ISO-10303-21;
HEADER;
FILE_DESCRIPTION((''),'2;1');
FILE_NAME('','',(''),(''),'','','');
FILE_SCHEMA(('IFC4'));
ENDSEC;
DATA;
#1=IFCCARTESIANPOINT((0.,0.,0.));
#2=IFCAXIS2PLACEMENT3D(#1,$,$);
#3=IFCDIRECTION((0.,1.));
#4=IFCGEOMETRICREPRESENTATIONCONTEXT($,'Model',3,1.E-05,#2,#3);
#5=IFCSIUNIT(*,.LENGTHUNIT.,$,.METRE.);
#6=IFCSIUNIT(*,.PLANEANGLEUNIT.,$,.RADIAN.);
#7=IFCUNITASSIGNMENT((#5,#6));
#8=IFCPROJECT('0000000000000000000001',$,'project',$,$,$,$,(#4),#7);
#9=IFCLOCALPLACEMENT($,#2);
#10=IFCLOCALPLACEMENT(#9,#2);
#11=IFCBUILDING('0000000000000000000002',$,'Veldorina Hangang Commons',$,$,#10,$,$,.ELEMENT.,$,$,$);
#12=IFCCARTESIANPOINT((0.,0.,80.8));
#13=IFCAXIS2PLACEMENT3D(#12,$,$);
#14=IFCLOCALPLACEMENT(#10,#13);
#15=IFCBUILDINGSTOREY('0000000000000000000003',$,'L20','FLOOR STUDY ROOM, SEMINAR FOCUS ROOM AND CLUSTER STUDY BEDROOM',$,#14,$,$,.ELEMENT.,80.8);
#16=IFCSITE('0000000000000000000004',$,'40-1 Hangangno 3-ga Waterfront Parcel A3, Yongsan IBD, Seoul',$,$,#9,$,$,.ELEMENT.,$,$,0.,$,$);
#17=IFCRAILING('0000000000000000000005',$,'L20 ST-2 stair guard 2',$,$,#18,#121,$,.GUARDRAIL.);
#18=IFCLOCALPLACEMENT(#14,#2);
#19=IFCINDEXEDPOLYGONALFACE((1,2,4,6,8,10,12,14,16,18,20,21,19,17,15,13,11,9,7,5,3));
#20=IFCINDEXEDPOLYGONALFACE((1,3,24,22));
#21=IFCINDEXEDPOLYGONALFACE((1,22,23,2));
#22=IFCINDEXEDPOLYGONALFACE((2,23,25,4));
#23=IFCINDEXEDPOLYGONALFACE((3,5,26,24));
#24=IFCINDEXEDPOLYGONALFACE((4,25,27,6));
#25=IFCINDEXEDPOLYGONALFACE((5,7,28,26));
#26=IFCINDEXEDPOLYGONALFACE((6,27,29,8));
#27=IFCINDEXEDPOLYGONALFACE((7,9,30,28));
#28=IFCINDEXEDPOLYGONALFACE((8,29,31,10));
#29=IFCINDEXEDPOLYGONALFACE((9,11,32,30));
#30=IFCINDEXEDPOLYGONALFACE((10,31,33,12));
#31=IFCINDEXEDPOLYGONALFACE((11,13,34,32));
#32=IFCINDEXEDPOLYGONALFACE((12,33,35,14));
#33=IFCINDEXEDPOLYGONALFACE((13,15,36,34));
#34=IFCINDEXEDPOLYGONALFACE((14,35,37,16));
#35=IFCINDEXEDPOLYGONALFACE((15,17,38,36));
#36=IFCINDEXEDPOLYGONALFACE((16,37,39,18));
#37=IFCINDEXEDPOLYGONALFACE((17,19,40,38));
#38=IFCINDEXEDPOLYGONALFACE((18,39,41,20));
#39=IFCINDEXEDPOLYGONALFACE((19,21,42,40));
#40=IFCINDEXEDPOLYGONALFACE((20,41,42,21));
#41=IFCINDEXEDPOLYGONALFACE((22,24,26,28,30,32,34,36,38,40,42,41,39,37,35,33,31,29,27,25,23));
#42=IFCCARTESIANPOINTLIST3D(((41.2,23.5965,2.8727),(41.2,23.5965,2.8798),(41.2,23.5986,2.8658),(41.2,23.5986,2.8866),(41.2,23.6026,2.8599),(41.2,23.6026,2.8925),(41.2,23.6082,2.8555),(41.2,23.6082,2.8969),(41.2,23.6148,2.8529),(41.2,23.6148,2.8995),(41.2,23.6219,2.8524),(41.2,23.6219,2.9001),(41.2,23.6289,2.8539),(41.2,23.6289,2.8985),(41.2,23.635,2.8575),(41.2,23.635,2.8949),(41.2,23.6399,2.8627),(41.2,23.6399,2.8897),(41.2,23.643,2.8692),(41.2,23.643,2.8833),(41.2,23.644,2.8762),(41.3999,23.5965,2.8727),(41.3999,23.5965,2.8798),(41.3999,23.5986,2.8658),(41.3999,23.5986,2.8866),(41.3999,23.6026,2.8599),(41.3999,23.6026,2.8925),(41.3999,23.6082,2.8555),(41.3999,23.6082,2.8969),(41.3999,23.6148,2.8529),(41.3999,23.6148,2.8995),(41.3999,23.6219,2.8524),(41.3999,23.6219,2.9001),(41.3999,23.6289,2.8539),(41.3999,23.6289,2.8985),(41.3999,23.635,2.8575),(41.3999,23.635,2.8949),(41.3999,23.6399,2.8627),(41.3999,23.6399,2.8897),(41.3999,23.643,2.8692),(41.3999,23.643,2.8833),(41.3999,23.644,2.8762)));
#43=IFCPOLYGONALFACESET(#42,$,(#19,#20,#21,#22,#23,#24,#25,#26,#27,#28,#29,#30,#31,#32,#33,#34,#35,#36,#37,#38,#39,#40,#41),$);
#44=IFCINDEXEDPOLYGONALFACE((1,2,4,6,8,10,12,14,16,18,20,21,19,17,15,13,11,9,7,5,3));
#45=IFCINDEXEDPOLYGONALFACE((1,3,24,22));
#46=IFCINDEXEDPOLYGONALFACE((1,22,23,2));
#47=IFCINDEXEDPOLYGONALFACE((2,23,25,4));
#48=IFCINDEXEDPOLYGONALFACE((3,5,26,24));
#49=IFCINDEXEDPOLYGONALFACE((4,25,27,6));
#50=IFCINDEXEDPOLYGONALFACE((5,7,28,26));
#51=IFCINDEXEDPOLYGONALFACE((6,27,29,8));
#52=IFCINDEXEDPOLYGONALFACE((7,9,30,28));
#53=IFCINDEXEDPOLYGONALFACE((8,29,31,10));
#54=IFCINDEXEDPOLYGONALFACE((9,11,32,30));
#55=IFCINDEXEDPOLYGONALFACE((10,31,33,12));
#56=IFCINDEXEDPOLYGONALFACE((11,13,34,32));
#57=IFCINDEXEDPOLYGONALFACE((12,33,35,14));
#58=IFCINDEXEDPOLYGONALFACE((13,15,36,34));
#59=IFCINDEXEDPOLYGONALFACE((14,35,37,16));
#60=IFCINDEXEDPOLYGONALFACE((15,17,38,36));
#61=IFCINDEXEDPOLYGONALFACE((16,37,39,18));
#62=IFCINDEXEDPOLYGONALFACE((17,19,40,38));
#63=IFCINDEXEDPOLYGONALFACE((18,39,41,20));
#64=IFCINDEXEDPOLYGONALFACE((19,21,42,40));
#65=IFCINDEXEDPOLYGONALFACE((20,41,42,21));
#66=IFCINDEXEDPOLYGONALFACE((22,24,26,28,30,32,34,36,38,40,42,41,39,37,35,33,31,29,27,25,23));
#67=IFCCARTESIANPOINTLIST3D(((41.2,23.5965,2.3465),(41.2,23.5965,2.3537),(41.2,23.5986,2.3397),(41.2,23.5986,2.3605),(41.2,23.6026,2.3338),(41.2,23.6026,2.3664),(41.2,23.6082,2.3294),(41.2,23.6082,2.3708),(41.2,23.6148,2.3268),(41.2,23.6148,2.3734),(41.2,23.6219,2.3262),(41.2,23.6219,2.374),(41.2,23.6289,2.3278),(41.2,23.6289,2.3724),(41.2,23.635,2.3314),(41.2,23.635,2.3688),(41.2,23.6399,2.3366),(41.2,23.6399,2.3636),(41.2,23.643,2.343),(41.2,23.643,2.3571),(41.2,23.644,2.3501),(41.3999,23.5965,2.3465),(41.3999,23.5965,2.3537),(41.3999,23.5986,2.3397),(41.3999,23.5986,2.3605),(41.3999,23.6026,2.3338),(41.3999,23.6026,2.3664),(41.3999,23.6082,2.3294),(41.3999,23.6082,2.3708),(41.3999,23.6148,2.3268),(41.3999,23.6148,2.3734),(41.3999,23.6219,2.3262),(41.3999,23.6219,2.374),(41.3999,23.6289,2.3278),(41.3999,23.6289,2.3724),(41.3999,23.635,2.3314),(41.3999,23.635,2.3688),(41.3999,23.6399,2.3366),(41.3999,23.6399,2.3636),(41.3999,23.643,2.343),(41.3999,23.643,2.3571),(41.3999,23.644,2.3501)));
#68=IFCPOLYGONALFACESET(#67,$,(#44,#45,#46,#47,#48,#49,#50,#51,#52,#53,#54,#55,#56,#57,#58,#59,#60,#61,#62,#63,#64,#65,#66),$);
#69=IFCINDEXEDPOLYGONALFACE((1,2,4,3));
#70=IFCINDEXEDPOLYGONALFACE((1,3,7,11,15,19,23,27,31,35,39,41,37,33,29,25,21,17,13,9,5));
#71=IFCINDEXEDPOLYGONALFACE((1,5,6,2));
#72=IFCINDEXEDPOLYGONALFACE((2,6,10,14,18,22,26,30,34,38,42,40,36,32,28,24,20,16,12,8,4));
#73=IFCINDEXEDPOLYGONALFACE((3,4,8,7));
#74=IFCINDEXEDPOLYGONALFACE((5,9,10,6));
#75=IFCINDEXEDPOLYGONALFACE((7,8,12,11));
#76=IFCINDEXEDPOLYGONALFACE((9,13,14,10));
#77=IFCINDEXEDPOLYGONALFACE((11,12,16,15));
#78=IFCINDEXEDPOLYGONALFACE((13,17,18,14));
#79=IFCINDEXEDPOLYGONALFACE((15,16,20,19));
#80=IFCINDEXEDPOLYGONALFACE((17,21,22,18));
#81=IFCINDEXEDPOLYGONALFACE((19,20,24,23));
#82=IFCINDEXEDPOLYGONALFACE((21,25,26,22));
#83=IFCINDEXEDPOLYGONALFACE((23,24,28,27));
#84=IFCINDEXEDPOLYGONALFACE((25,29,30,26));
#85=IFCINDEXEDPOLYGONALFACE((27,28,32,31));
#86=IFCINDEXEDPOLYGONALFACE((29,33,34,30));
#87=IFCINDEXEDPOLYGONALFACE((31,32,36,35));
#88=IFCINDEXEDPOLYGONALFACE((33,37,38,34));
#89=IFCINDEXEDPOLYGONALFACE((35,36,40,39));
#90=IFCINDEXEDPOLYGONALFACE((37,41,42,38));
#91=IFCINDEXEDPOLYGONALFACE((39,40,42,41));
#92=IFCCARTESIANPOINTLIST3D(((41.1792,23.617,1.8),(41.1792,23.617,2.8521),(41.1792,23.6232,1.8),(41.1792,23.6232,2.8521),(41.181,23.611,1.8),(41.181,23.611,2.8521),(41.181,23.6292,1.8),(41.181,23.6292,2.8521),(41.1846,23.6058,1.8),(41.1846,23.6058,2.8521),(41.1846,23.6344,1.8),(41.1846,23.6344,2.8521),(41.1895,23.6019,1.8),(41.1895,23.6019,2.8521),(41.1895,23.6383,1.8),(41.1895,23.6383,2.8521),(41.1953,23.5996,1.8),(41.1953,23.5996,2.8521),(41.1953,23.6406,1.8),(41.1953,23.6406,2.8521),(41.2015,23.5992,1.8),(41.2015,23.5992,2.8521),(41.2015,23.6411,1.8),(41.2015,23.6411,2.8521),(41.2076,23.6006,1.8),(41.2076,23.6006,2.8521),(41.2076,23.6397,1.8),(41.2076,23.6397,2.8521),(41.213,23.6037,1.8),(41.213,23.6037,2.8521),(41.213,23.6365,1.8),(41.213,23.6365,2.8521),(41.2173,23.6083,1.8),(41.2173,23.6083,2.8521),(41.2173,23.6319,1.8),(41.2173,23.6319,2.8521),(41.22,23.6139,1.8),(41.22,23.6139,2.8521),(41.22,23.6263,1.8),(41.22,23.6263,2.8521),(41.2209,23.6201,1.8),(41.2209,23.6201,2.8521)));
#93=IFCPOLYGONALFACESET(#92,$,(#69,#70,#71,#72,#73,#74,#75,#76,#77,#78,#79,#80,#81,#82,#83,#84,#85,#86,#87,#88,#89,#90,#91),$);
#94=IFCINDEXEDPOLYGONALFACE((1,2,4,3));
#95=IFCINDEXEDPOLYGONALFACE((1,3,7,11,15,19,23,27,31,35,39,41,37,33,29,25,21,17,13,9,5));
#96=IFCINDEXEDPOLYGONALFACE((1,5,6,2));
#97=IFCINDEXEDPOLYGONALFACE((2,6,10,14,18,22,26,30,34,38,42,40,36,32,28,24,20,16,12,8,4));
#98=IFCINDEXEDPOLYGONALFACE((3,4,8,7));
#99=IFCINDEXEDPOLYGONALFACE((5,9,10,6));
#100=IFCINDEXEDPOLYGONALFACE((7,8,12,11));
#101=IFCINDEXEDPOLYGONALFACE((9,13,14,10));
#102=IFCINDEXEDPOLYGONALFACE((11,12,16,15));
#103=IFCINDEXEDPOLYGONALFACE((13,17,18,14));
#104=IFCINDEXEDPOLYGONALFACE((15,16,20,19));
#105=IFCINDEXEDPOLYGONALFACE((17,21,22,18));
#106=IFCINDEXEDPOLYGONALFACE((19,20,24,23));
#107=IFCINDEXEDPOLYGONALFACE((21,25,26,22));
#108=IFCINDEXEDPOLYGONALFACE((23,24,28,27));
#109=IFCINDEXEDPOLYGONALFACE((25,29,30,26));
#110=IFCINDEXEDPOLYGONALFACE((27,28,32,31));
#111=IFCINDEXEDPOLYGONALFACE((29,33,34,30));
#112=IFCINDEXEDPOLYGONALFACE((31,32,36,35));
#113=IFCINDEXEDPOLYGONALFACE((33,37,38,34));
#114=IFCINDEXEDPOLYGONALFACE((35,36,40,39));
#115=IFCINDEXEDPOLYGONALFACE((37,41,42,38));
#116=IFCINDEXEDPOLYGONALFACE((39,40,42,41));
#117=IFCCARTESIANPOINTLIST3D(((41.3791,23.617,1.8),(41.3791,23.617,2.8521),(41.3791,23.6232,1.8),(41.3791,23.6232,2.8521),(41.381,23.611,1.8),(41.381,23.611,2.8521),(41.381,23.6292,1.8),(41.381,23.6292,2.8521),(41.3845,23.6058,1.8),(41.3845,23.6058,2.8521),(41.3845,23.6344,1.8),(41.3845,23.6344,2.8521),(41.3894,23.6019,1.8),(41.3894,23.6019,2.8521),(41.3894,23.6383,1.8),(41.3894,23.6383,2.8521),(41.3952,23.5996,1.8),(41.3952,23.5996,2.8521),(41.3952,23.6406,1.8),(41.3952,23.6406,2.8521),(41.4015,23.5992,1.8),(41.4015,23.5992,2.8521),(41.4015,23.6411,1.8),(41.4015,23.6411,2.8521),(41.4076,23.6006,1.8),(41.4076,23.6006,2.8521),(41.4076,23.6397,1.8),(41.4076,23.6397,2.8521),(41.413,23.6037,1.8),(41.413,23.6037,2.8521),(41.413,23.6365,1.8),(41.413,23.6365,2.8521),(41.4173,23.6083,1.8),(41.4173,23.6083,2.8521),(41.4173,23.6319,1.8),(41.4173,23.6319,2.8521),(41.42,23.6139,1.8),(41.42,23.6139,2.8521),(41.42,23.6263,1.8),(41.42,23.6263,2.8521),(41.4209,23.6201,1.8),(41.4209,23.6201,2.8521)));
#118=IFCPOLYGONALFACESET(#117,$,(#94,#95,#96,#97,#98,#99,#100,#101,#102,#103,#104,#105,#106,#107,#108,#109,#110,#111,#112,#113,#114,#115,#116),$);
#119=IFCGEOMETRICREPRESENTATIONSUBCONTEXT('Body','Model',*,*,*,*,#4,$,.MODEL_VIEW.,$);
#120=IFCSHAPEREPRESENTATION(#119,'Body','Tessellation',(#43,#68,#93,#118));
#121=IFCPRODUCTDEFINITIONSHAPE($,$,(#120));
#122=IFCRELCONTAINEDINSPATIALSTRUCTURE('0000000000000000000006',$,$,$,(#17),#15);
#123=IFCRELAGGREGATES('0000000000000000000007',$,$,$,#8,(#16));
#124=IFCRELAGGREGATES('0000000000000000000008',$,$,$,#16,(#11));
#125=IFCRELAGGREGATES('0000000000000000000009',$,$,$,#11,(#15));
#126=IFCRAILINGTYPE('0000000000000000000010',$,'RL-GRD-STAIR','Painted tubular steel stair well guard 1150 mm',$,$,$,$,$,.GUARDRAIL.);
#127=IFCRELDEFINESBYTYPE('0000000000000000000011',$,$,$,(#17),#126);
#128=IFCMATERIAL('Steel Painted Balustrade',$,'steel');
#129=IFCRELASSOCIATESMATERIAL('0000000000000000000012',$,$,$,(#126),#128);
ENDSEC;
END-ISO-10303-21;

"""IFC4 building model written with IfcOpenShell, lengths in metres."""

from ifc_helpers import new_model, si_unit, direction, frame, origin, origin_2d, place, context, subcontext, project, spatial, circle, extrude, material, type_object, element, save


model = new_model("IFC4")

# Units and contexts
model_context = context("Model", 3, precision=1e-05, world=origin(), true_north=direction((0.0, 1.0)))
body_context = subcontext(model_context, "Body", "Model", "MODEL_VIEW")
ifc_project = project(units=[si_unit("LENGTHUNIT", "METRE"), si_unit("PLANEANGLEUNIT", "RADIAN")], contexts=[model_context])

# Site, building, storey
site_placement = place(None, origin())
site = spatial("IfcSite", under=ifc_project, at=site_placement, Name="40-1 Hangangno 3-ga Waterfront Parcel A3, Yongsan IBD, Seoul", CompositionType="ELEMENT", RefElevation=0.0)
building_placement = place(site_placement, origin())
building = spatial("IfcBuilding", under=site, at=building_placement, Name="Veldorina Hangang Commons", CompositionType="ELEMENT")
storey_placement = place(building_placement, frame((0.0, 0.0, 80.8)))
storey = spatial("IfcBuildingStorey", under=building, at=storey_placement, Name="L20", Description="FLOOR STUDY ROOM, SEMINAR FOCUS ROOM AND CLUSTER STUDY BEDROOM", CompositionType="ELEMENT", Elevation=80.8)

# Railing
ifc_material_1 = material(Name="Steel Painted Balustrade", Category="steel")
railing_type_1 = type_object("IfcRailingType", Name="RL-GRD-STAIR", Description="Painted tubular steel stair well guard 1150 mm", PredefinedType="GUARDRAIL", material=ifc_material_1)
railing_1_placement = place(storey_placement, frame((41.2, 23.6201, 1.8)))
element("IfcRailing", 1, at=railing_1_placement, inside=storey, type_object=railing_type_1, Name="L20 ST-2 stair guard 2", PredefinedType="GUARDRAIL", context=body_context, shape_type="SweptSolid", body=[
    extrude(circle(Radius=0.0239, at=origin_2d()), frame((0.0, 0.0, 1.0762), z_axis=(1.0, 0.0, 0.0), x_axis=(0.0, 1.0, 0.0)), (0.0, 0.0, 1.0), 0.2),
    extrude(circle(Radius=0.0239, at=origin_2d()), frame((0.0, 0.0, 0.55), z_axis=(1.0, 0.0, 0.0), x_axis=(0.0, 1.0, 0.0)), (0.0, 0.0, 1.0), 0.2),
    extrude(circle(Radius=0.021, at=origin_2d()), origin(), (0.0, 0.0, 1.0), 1.052),
    extrude(circle(Radius=0.021, at=origin_2d()), frame((0.2, 0.0, 0.0)), (0.0, 0.0, 1.0), 1.052),
])

save(model, "model.ifc")
